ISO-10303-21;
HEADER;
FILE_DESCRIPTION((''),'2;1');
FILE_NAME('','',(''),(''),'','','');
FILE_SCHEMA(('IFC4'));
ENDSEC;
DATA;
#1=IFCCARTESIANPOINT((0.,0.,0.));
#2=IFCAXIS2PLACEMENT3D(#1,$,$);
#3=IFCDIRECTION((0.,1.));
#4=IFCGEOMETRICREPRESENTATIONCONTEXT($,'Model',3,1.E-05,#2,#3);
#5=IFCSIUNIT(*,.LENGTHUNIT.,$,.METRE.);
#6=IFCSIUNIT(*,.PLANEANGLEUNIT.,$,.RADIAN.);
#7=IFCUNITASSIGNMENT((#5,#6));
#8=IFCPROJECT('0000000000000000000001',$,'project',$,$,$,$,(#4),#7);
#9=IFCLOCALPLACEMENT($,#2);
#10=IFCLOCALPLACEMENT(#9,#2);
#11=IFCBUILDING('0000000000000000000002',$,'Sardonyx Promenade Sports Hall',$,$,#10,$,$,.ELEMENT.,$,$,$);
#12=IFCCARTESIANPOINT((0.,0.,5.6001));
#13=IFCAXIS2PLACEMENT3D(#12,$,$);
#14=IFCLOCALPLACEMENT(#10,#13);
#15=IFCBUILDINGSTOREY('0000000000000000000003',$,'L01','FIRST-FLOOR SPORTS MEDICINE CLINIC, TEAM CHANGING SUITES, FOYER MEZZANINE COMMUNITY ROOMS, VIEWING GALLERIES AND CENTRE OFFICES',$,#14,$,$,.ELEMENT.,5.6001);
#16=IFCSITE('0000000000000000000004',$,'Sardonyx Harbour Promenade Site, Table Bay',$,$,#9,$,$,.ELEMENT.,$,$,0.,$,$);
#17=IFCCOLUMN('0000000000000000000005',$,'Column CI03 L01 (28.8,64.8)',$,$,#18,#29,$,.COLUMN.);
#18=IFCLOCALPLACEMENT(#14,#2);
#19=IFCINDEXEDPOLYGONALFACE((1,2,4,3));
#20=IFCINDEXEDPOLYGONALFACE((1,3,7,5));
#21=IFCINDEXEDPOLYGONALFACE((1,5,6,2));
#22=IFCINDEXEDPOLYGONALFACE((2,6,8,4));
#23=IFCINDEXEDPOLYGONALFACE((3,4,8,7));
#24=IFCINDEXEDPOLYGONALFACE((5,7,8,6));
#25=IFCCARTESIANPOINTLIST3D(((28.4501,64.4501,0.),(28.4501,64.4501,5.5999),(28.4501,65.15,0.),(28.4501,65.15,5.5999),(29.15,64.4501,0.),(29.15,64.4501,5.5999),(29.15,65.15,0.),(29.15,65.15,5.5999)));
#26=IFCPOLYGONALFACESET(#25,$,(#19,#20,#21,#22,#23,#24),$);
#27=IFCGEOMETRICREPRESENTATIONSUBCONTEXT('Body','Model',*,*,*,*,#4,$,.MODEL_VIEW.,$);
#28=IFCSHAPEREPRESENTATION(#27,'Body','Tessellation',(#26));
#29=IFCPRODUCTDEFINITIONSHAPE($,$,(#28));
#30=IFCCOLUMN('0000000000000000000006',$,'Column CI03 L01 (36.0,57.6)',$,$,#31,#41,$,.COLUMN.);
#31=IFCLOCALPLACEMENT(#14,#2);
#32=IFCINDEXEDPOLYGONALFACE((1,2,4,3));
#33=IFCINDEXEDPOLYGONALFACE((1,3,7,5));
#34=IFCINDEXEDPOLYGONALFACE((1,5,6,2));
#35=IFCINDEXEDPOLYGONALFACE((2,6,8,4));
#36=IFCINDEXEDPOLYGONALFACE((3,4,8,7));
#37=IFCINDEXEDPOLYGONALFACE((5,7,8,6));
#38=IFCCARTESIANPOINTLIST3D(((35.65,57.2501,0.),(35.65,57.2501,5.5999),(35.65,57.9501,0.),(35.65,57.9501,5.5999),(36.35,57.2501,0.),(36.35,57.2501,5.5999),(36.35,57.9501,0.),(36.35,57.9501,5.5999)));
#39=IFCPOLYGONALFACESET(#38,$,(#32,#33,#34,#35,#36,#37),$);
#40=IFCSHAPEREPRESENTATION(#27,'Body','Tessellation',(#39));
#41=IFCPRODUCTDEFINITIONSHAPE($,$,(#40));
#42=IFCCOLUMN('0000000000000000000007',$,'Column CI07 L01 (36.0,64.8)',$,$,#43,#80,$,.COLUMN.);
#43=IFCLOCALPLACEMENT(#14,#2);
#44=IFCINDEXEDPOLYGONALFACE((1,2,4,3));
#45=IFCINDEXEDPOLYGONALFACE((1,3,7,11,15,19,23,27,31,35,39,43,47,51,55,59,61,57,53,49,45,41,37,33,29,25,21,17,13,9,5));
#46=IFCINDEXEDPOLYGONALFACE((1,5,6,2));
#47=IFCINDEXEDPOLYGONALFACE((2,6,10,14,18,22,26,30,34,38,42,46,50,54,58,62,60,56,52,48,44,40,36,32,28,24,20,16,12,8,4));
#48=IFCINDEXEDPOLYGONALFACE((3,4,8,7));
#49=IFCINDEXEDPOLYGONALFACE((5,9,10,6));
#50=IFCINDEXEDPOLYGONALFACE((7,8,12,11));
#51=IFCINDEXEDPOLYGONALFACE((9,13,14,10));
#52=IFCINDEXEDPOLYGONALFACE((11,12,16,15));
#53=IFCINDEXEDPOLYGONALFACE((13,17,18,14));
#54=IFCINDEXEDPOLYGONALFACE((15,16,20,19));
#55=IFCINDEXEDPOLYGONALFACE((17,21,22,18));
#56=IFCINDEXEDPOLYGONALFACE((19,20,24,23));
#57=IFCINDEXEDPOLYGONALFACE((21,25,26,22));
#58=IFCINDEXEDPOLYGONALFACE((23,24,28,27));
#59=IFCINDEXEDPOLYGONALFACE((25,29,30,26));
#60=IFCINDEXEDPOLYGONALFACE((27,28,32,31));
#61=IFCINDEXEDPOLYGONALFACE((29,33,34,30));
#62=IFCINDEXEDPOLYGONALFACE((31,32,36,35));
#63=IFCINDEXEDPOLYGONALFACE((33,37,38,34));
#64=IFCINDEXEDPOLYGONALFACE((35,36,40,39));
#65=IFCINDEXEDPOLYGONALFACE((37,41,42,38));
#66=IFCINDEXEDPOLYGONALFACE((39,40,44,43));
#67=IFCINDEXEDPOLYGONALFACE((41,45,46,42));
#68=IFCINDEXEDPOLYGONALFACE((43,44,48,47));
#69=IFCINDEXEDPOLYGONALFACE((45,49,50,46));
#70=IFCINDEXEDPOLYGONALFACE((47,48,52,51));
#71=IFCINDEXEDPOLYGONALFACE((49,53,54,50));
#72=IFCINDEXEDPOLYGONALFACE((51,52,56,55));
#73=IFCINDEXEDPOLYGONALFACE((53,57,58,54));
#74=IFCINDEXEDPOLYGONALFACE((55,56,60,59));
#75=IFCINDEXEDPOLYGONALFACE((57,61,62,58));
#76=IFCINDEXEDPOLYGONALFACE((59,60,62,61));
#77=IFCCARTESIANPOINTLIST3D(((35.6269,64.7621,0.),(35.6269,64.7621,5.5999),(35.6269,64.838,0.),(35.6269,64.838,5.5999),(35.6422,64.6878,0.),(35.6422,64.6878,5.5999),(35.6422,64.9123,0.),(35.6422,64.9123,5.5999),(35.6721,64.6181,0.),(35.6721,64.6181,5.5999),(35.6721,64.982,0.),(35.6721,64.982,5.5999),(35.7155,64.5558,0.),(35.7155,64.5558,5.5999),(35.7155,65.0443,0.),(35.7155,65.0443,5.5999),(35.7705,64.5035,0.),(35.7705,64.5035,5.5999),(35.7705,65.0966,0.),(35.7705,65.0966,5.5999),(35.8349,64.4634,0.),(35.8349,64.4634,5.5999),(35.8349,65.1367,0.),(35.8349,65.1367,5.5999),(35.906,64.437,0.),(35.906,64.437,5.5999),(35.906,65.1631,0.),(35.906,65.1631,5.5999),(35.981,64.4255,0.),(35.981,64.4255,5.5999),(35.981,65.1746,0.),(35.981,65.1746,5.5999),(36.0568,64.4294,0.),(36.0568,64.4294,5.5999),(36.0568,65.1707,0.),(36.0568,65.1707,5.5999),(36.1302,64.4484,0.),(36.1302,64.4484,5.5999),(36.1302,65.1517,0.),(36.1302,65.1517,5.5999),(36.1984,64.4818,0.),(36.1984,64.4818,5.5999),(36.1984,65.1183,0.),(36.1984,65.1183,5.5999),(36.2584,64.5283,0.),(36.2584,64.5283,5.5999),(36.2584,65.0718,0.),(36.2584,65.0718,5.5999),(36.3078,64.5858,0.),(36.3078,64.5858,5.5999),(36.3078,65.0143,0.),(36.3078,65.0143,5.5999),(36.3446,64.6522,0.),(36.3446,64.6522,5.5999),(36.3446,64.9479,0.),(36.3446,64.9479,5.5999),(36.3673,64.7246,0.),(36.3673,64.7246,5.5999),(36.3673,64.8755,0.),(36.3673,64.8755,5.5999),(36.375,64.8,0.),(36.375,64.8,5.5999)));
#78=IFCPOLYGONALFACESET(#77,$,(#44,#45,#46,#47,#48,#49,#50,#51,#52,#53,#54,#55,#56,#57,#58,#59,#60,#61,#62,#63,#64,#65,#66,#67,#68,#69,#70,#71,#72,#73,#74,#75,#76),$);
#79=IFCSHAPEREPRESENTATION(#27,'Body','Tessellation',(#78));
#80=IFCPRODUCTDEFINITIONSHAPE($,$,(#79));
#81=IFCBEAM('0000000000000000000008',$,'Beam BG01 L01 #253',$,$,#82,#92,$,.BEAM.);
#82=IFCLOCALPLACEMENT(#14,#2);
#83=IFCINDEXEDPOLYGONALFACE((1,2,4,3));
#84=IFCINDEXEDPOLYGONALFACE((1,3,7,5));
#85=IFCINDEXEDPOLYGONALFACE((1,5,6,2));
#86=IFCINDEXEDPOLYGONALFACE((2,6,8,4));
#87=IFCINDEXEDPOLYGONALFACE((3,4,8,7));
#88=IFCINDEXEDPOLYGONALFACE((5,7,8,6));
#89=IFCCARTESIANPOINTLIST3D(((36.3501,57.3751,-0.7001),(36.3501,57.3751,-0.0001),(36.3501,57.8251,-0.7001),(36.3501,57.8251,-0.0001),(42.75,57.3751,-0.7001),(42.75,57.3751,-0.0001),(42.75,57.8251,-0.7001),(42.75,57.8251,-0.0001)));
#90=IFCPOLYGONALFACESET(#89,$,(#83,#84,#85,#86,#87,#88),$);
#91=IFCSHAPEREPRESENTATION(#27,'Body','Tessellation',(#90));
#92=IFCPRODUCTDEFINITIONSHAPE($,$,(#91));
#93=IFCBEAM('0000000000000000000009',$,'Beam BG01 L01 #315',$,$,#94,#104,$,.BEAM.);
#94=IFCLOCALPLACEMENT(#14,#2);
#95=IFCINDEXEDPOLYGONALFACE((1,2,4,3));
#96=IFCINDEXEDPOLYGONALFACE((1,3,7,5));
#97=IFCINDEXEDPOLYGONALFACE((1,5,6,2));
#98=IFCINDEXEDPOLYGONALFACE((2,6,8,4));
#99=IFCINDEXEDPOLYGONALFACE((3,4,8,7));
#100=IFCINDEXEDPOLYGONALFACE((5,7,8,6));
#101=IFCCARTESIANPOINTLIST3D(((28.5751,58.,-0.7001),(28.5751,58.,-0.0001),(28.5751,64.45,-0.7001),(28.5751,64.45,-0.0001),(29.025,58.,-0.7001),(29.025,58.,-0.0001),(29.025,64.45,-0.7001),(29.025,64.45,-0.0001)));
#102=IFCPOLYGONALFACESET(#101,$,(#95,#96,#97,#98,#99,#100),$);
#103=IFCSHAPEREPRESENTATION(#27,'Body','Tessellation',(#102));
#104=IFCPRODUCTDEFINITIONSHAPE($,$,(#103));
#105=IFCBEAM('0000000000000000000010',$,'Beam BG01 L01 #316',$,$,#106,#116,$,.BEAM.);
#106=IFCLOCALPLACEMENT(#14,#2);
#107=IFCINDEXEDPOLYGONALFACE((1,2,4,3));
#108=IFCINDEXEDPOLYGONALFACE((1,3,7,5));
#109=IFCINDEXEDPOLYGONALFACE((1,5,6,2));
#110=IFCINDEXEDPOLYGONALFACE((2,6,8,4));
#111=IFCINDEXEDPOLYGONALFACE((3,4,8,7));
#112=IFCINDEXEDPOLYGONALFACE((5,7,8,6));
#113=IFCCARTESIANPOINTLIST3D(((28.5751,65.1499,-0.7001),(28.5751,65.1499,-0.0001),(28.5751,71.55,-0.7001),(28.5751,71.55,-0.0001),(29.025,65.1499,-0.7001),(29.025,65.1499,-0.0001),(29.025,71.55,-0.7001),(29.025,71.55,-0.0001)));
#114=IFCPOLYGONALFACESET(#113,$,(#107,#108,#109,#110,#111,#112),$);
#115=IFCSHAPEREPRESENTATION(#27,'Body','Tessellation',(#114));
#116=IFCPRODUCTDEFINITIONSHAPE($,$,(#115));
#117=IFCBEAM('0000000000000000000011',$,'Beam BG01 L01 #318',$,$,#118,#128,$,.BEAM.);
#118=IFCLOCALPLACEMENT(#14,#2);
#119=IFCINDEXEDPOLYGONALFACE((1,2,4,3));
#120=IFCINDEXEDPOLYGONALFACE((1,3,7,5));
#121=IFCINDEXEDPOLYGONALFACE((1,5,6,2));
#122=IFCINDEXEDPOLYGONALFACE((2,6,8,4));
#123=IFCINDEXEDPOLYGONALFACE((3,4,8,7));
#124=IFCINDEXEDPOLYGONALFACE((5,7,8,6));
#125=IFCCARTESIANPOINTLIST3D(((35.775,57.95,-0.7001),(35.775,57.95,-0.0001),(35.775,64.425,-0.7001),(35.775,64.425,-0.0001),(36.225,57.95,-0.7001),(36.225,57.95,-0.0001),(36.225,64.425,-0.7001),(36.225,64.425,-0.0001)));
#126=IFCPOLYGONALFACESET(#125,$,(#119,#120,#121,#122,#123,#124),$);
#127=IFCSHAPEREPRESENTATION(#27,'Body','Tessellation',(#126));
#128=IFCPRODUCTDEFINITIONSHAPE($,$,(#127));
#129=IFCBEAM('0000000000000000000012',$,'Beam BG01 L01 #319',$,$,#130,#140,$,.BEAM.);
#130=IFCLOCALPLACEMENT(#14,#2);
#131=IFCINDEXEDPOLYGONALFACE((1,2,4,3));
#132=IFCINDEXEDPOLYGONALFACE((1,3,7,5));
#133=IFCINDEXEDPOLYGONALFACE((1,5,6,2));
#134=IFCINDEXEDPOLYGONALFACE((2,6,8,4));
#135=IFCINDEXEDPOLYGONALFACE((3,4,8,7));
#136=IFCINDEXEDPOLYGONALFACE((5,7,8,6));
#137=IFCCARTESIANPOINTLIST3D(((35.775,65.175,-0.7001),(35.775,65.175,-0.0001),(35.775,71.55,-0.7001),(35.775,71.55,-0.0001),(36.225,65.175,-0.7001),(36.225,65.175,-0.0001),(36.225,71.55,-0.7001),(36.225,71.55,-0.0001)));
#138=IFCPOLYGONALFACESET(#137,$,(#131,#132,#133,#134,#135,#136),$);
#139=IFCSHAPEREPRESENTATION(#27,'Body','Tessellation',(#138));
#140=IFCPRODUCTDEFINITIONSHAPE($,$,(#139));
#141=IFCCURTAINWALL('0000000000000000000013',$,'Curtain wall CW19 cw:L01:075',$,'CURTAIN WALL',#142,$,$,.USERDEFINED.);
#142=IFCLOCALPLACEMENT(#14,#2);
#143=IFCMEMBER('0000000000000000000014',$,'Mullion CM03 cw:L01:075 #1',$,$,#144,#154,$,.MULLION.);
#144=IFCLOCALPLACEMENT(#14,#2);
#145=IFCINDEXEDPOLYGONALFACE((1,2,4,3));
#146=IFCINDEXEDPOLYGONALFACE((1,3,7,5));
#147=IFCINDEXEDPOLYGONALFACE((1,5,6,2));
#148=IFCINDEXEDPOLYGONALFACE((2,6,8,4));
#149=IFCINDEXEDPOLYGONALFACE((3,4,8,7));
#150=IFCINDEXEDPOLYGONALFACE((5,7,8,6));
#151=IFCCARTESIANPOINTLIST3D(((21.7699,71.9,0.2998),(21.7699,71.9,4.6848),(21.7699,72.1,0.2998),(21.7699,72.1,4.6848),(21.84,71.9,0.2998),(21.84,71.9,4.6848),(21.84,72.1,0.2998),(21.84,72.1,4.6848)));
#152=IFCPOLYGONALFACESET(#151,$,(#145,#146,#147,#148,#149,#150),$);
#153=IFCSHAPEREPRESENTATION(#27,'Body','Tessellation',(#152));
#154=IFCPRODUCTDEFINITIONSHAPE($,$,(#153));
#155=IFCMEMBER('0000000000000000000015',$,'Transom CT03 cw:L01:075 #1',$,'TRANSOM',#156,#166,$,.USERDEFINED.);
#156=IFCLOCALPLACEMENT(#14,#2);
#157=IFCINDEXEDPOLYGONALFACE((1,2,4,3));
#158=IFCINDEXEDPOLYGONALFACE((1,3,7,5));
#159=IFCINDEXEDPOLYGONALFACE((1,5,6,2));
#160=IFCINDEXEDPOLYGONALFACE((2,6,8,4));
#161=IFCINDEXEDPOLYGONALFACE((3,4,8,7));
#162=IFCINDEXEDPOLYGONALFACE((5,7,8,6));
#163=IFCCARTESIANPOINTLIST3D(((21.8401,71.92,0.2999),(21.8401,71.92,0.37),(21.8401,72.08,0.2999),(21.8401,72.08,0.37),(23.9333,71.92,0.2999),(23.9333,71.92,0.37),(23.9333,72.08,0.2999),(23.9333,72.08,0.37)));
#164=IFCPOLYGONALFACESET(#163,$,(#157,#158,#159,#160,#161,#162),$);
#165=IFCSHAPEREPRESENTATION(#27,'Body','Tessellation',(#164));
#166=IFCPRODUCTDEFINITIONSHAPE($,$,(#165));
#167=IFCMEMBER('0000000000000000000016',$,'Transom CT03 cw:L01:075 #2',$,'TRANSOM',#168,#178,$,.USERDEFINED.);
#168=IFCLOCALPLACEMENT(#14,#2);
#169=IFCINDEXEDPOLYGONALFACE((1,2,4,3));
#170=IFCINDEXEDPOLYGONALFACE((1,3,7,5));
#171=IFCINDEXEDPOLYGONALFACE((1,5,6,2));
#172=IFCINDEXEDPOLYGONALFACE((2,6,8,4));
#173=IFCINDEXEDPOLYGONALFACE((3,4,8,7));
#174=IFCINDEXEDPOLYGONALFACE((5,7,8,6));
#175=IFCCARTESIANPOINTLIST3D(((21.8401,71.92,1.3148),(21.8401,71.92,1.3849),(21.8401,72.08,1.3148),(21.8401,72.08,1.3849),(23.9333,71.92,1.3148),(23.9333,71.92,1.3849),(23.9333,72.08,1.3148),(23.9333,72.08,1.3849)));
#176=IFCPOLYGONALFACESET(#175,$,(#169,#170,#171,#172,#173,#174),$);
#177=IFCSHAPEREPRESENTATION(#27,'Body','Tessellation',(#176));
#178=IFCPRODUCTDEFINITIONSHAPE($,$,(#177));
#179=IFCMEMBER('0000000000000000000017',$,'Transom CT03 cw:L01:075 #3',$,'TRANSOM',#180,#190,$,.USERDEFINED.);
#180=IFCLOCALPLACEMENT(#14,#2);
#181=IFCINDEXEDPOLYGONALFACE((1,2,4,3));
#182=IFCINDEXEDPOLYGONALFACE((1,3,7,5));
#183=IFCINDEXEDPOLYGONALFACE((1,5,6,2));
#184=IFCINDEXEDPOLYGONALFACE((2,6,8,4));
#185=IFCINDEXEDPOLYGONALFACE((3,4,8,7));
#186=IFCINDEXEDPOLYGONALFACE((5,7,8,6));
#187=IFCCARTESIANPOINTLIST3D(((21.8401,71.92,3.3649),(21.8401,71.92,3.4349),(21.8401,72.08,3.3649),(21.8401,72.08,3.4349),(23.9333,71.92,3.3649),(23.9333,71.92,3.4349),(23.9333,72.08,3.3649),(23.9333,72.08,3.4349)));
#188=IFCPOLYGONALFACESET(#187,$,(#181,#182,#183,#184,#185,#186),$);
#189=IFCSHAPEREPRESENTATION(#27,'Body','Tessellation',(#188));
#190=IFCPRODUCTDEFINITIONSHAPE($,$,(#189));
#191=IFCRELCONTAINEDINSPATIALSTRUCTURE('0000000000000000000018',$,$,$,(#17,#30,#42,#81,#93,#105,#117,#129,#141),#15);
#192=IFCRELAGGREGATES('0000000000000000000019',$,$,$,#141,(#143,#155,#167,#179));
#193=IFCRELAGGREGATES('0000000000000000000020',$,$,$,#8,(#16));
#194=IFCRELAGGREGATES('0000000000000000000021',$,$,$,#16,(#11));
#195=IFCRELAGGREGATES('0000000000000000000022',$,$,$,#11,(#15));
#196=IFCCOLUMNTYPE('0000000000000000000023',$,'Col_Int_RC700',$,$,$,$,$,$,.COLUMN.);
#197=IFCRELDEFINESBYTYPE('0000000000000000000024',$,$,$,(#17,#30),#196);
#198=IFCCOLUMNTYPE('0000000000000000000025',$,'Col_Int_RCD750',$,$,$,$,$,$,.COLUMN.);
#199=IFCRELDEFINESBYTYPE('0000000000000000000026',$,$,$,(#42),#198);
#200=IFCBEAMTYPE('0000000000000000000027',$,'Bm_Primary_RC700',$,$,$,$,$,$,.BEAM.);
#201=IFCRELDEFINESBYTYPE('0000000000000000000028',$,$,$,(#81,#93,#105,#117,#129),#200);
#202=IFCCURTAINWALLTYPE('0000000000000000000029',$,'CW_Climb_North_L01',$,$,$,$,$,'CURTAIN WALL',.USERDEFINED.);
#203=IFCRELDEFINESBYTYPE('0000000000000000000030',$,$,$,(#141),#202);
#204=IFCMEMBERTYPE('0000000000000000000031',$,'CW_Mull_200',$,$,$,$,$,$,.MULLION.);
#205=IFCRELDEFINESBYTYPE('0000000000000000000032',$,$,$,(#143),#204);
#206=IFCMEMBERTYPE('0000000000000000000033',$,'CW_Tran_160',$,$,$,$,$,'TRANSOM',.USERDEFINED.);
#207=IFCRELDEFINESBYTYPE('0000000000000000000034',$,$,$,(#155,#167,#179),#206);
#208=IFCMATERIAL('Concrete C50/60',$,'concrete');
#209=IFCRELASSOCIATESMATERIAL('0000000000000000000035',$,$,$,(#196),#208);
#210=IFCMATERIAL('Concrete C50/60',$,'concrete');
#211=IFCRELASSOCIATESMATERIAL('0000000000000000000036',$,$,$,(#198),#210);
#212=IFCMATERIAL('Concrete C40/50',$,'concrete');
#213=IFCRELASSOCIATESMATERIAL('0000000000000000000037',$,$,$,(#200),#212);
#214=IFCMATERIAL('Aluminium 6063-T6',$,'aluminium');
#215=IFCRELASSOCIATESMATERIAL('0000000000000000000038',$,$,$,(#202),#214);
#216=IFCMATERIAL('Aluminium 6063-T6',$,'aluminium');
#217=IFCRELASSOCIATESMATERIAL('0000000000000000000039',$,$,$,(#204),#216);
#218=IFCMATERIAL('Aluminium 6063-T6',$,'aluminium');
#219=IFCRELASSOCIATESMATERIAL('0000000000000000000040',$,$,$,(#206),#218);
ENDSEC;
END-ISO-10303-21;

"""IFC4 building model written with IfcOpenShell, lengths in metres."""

from ifc_helpers import new_model, si_unit, direction, frame, origin, origin_2d, place, context, subcontext, project, spatial, rectangle, circle, extrude, material, material_profile, profile_set, type_object, element, aggregate, save


model = new_model("IFC4")

# Units and contexts
model_context = context("Model", 3, precision=1e-05, world=origin(), true_north=direction((0.0, 1.0)))
body_context = subcontext(model_context, "Body", "Model", "MODEL_VIEW")
ifc_project = project(units=[si_unit("LENGTHUNIT", "METRE"), si_unit("PLANEANGLEUNIT", "RADIAN")], contexts=[model_context])

# Site, building, storey
site_placement = place(None, origin())
site = spatial("IfcSite", under=ifc_project, at=site_placement, Name="Sardonyx Harbour Promenade Site, Table Bay", CompositionType="ELEMENT", RefElevation=0.0)
building_placement = place(site_placement, origin())
building = spatial("IfcBuilding", under=site, at=building_placement, Name="Sardonyx Promenade Sports Hall", CompositionType="ELEMENT")
storey_placement = place(building_placement, frame((0.0, 0.0, 5.6001)))
storey = spatial("IfcBuildingStorey", under=building, at=storey_placement, Name="L01", Description="FIRST-FLOOR SPORTS MEDICINE CLINIC, TEAM CHANGING SUITES, FOYER MEZZANINE COMMUNITY ROOMS, VIEWING GALLERIES AND CENTRE OFFICES", CompositionType="ELEMENT", Elevation=5.6001)

# Columns
ifc_material_1 = material(Name="Concrete C50/60", Category="concrete")
ifc_material_profile_1 = material_profile(ifc_material_1, rectangle(XDim=0.7, YDim=0.7, at=origin_2d()))
ifc_profile_set_1 = profile_set([ifc_material_profile_1], Name="Concrete C50/60")
column_type_1 = type_object("IfcColumnType", Name="Col_Int_RC700", PredefinedType="COLUMN", material=ifc_profile_set_1)
for number, where, z_axis, x_axis, name in (
    (1, (28.8, 64.8, 0.0), (0.0, 0.0, 1.0), (1.0, 0.0, 0.0), "Column CI03 L01 (28.8,64.8)"),
    (2, (36.0, 57.6001, 0.0), (0.0, 0.0, 1.0), (1.0, 0.0, 0.0), "Column CI03 L01 (36.0,57.6)"),
):
    element("IfcColumn", number, at=place(storey_placement, frame(where, z_axis=z_axis, x_axis=x_axis)), inside=storey, type_object=column_type_1, Name=name, PredefinedType="COLUMN", context=body_context, shape_type="SweptSolid", body=[
        extrude(rectangle(XDim=0.7, YDim=0.7, at=origin_2d()), origin(), (0.0, 0.0, 1.0), 5.5999),
    ])
ifc_material_2 = material(Name="Concrete C50/60", Category="concrete")
ifc_material_profile_2 = material_profile(ifc_material_2, circle(Radius=0.375, at=origin_2d()))
ifc_profile_set_2 = profile_set([ifc_material_profile_2], Name="Concrete C50/60")
column_type_2 = type_object("IfcColumnType", Name="Col_Int_RCD750", PredefinedType="COLUMN", material=ifc_profile_set_2)
column_placement = place(storey_placement, frame((36.0, 64.8, 0.0), z_axis=(0.0, 0.0, 1.0), x_axis=(1.0, 0.0, 0.0)))
element("IfcColumn", 3, at=column_placement, inside=storey, type_object=column_type_2, Name="Column CI07 L01 (36.0,64.8)", PredefinedType="COLUMN", context=body_context, shape_type="SweptSolid", body=[
    extrude(circle(Radius=0.375, at=origin_2d()), origin(), (0.0, 0.0, 1.0), 5.5999),
])

# Beams
ifc_material_3 = material(Name="Concrete C40/50", Category="concrete")
ifc_material_profile_3 = material_profile(ifc_material_3, rectangle(XDim=0.45, YDim=0.7, at=origin_2d()))
ifc_profile_set_3 = profile_set([ifc_material_profile_3], Name="Concrete C40/50")
beam_type = type_object("IfcBeamType", Name="Bm_Primary_RC700", PredefinedType="BEAM", material=ifc_profile_set_3)
beam_1_placement = place(storey_placement, frame((36.3501, 57.6001, -0.3501), z_axis=(1.0, 0.0, 0.0), x_axis=(0.0, 1.0, 0.0)))
element("IfcBeam", 4, at=beam_1_placement, inside=storey, type_object=beam_type, Name="Beam BG01 L01 #253", PredefinedType="BEAM", context=body_context, shape_type="SweptSolid", body=[
    extrude(rectangle(XDim=0.45, YDim=0.7, at=origin_2d()), origin(), (0.0, 0.0, 1.0), 6.3999),
])
beam_2_placement = place(storey_placement, frame((28.8, 58.0, -0.3501), z_axis=(0.0, 1.0, 0.0), x_axis=(-1.0, 0.0, 0.0)))
element("IfcBeam", 5, at=beam_2_placement, inside=storey, type_object=beam_type, Name="Beam BG01 L01 #315", PredefinedType="BEAM", context=body_context, shape_type="SweptSolid", body=[
    extrude(rectangle(XDim=0.45, YDim=0.7, at=origin_2d()), origin(), (0.0, 0.0, 1.0), 6.45),
])
beam_3_placement = place(storey_placement, frame((28.8, 65.1499, -0.3501), z_axis=(0.0, 1.0, 0.0), x_axis=(-1.0, 0.0, 0.0)))
element("IfcBeam", 6, at=beam_3_placement, inside=storey, type_object=beam_type, Name="Beam BG01 L01 #316", PredefinedType="BEAM", context=body_context, shape_type="SweptSolid", body=[
    extrude(rectangle(XDim=0.45, YDim=0.7, at=origin_2d()), origin(), (0.0, 0.0, 1.0), 6.4001),
])
beam_4_placement = place(storey_placement, frame((36.0, 57.95, -0.3501), z_axis=(0.0, 1.0, 0.0), x_axis=(-1.0, 0.0, 0.0)))
element("IfcBeam", 7, at=beam_4_placement, inside=storey, type_object=beam_type, Name="Beam BG01 L01 #318", PredefinedType="BEAM", context=body_context, shape_type="SweptSolid", body=[
    extrude(rectangle(XDim=0.45, YDim=0.7, at=origin_2d()), origin(), (0.0, 0.0, 1.0), 6.4751),
])
beam_5_placement = place(storey_placement, frame((36.0, 65.175, -0.3501), z_axis=(0.0, 1.0, 0.0), x_axis=(-1.0, 0.0, 0.0)))
element("IfcBeam", 8, at=beam_5_placement, inside=storey, type_object=beam_type, Name="Beam BG01 L01 #319", PredefinedType="BEAM", context=body_context, shape_type="SweptSolid", body=[
    extrude(rectangle(XDim=0.45, YDim=0.7, at=origin_2d()), origin(), (0.0, 0.0, 1.0), 6.375),
])

# Curtain wall, members
ifc_material_4 = material(Name="Aluminium 6063-T6", Category="aluminium")
curtain_wall_type = type_object("IfcCurtainWallType", Name="CW_Climb_North_L01", ElementType="CURTAIN WALL", PredefinedType="USERDEFINED", material=ifc_material_4)
curtain_wall_placement = place(storey_placement, origin())
curtain_wall = element("IfcCurtainWall", 9, at=curtain_wall_placement, inside=storey, type_object=curtain_wall_type, Name="Curtain wall CW19 cw:L01:075", ObjectType="CURTAIN WALL", PredefinedType="USERDEFINED")
ifc_material_5 = material(Name="Aluminium 6063-T6", Category="aluminium")
ifc_material_profile_4 = material_profile(ifc_material_5, rectangle(XDim=0.0701, YDim=0.2, at=origin_2d()))
ifc_profile_set_4 = profile_set([ifc_material_profile_4], Name="Aluminium 6063-T6")
member_type_1 = type_object("IfcMemberType", Name="CW_Mull_200", PredefinedType="MULLION", material=ifc_profile_set_4)
member_1_placement = place(storey_placement, frame((21.8049, 72.0, 0.2998), z_axis=(0.0, 0.0, 1.0), x_axis=(1.0, 0.0, 0.0)))
member_1 = element("IfcMember", 10, at=member_1_placement, type_object=member_type_1, Name="Mullion CM03 cw:L01:075 #1", PredefinedType="MULLION", context=body_context, shape_type="SweptSolid", body=[
    extrude(rectangle(XDim=0.0701, YDim=0.2, at=origin_2d()), origin(), (0.0, 0.0, 1.0), 4.385),
])
ifc_material_6 = material(Name="Aluminium 6063-T6", Category="aluminium")
ifc_material_profile_5 = material_profile(ifc_material_6, rectangle(XDim=0.0701, YDim=0.1599, at=origin_2d()))
ifc_profile_set_5 = profile_set([ifc_material_profile_5], Name="Aluminium 6063-T6")
member_type_2 = type_object("IfcMemberType", Name="CW_Tran_160", ElementType="TRANSOM", PredefinedType="USERDEFINED", material=ifc_profile_set_5)
member_2_placement = place(storey_placement, frame((21.8401, 72.0, 0.335), z_axis=(1.0, 0.0, 0.0), x_axis=(0.0, 0.0, 1.0)))
member_2 = element("IfcMember", 11, at=member_2_placement, type_object=member_type_2, Name="Transom CT03 cw:L01:075 #1", ObjectType="TRANSOM", PredefinedType="USERDEFINED", context=body_context, shape_type="SweptSolid", body=[
    extrude(rectangle(XDim=0.0701, YDim=0.1599, at=origin_2d()), origin(), (0.0, 0.0, 1.0), 2.0933),
])
member_3_placement = place(storey_placement, frame((21.8401, 72.0, 1.3499), z_axis=(1.0, 0.0, 0.0), x_axis=(0.0, 0.0, 1.0)))
member_3 = element("IfcMember", 12, at=member_3_placement, type_object=member_type_2, Name="Transom CT03 cw:L01:075 #2", ObjectType="TRANSOM", PredefinedType="USERDEFINED", context=body_context, shape_type="SweptSolid", body=[
    extrude(rectangle(XDim=0.0701, YDim=0.1599, at=origin_2d()), origin(), (0.0, 0.0, 1.0), 2.0933),
])
member_4_placement = place(storey_placement, frame((21.8401, 72.0, 3.3999), z_axis=(1.0, 0.0, 0.0), x_axis=(0.0, 0.0, 1.0)))
member_4 = element("IfcMember", 13, at=member_4_placement, type_object=member_type_2, Name="Transom CT03 cw:L01:075 #3", ObjectType="TRANSOM", PredefinedType="USERDEFINED", context=body_context, shape_type="SweptSolid", body=[
    extrude(rectangle(XDim=0.0701, YDim=0.1599, at=origin_2d()), origin(), (0.0, 0.0, 1.0), 2.0933),
])
aggregate(curtain_wall, [member_1, member_2, member_3, member_4])

save(model, "model.ifc")
